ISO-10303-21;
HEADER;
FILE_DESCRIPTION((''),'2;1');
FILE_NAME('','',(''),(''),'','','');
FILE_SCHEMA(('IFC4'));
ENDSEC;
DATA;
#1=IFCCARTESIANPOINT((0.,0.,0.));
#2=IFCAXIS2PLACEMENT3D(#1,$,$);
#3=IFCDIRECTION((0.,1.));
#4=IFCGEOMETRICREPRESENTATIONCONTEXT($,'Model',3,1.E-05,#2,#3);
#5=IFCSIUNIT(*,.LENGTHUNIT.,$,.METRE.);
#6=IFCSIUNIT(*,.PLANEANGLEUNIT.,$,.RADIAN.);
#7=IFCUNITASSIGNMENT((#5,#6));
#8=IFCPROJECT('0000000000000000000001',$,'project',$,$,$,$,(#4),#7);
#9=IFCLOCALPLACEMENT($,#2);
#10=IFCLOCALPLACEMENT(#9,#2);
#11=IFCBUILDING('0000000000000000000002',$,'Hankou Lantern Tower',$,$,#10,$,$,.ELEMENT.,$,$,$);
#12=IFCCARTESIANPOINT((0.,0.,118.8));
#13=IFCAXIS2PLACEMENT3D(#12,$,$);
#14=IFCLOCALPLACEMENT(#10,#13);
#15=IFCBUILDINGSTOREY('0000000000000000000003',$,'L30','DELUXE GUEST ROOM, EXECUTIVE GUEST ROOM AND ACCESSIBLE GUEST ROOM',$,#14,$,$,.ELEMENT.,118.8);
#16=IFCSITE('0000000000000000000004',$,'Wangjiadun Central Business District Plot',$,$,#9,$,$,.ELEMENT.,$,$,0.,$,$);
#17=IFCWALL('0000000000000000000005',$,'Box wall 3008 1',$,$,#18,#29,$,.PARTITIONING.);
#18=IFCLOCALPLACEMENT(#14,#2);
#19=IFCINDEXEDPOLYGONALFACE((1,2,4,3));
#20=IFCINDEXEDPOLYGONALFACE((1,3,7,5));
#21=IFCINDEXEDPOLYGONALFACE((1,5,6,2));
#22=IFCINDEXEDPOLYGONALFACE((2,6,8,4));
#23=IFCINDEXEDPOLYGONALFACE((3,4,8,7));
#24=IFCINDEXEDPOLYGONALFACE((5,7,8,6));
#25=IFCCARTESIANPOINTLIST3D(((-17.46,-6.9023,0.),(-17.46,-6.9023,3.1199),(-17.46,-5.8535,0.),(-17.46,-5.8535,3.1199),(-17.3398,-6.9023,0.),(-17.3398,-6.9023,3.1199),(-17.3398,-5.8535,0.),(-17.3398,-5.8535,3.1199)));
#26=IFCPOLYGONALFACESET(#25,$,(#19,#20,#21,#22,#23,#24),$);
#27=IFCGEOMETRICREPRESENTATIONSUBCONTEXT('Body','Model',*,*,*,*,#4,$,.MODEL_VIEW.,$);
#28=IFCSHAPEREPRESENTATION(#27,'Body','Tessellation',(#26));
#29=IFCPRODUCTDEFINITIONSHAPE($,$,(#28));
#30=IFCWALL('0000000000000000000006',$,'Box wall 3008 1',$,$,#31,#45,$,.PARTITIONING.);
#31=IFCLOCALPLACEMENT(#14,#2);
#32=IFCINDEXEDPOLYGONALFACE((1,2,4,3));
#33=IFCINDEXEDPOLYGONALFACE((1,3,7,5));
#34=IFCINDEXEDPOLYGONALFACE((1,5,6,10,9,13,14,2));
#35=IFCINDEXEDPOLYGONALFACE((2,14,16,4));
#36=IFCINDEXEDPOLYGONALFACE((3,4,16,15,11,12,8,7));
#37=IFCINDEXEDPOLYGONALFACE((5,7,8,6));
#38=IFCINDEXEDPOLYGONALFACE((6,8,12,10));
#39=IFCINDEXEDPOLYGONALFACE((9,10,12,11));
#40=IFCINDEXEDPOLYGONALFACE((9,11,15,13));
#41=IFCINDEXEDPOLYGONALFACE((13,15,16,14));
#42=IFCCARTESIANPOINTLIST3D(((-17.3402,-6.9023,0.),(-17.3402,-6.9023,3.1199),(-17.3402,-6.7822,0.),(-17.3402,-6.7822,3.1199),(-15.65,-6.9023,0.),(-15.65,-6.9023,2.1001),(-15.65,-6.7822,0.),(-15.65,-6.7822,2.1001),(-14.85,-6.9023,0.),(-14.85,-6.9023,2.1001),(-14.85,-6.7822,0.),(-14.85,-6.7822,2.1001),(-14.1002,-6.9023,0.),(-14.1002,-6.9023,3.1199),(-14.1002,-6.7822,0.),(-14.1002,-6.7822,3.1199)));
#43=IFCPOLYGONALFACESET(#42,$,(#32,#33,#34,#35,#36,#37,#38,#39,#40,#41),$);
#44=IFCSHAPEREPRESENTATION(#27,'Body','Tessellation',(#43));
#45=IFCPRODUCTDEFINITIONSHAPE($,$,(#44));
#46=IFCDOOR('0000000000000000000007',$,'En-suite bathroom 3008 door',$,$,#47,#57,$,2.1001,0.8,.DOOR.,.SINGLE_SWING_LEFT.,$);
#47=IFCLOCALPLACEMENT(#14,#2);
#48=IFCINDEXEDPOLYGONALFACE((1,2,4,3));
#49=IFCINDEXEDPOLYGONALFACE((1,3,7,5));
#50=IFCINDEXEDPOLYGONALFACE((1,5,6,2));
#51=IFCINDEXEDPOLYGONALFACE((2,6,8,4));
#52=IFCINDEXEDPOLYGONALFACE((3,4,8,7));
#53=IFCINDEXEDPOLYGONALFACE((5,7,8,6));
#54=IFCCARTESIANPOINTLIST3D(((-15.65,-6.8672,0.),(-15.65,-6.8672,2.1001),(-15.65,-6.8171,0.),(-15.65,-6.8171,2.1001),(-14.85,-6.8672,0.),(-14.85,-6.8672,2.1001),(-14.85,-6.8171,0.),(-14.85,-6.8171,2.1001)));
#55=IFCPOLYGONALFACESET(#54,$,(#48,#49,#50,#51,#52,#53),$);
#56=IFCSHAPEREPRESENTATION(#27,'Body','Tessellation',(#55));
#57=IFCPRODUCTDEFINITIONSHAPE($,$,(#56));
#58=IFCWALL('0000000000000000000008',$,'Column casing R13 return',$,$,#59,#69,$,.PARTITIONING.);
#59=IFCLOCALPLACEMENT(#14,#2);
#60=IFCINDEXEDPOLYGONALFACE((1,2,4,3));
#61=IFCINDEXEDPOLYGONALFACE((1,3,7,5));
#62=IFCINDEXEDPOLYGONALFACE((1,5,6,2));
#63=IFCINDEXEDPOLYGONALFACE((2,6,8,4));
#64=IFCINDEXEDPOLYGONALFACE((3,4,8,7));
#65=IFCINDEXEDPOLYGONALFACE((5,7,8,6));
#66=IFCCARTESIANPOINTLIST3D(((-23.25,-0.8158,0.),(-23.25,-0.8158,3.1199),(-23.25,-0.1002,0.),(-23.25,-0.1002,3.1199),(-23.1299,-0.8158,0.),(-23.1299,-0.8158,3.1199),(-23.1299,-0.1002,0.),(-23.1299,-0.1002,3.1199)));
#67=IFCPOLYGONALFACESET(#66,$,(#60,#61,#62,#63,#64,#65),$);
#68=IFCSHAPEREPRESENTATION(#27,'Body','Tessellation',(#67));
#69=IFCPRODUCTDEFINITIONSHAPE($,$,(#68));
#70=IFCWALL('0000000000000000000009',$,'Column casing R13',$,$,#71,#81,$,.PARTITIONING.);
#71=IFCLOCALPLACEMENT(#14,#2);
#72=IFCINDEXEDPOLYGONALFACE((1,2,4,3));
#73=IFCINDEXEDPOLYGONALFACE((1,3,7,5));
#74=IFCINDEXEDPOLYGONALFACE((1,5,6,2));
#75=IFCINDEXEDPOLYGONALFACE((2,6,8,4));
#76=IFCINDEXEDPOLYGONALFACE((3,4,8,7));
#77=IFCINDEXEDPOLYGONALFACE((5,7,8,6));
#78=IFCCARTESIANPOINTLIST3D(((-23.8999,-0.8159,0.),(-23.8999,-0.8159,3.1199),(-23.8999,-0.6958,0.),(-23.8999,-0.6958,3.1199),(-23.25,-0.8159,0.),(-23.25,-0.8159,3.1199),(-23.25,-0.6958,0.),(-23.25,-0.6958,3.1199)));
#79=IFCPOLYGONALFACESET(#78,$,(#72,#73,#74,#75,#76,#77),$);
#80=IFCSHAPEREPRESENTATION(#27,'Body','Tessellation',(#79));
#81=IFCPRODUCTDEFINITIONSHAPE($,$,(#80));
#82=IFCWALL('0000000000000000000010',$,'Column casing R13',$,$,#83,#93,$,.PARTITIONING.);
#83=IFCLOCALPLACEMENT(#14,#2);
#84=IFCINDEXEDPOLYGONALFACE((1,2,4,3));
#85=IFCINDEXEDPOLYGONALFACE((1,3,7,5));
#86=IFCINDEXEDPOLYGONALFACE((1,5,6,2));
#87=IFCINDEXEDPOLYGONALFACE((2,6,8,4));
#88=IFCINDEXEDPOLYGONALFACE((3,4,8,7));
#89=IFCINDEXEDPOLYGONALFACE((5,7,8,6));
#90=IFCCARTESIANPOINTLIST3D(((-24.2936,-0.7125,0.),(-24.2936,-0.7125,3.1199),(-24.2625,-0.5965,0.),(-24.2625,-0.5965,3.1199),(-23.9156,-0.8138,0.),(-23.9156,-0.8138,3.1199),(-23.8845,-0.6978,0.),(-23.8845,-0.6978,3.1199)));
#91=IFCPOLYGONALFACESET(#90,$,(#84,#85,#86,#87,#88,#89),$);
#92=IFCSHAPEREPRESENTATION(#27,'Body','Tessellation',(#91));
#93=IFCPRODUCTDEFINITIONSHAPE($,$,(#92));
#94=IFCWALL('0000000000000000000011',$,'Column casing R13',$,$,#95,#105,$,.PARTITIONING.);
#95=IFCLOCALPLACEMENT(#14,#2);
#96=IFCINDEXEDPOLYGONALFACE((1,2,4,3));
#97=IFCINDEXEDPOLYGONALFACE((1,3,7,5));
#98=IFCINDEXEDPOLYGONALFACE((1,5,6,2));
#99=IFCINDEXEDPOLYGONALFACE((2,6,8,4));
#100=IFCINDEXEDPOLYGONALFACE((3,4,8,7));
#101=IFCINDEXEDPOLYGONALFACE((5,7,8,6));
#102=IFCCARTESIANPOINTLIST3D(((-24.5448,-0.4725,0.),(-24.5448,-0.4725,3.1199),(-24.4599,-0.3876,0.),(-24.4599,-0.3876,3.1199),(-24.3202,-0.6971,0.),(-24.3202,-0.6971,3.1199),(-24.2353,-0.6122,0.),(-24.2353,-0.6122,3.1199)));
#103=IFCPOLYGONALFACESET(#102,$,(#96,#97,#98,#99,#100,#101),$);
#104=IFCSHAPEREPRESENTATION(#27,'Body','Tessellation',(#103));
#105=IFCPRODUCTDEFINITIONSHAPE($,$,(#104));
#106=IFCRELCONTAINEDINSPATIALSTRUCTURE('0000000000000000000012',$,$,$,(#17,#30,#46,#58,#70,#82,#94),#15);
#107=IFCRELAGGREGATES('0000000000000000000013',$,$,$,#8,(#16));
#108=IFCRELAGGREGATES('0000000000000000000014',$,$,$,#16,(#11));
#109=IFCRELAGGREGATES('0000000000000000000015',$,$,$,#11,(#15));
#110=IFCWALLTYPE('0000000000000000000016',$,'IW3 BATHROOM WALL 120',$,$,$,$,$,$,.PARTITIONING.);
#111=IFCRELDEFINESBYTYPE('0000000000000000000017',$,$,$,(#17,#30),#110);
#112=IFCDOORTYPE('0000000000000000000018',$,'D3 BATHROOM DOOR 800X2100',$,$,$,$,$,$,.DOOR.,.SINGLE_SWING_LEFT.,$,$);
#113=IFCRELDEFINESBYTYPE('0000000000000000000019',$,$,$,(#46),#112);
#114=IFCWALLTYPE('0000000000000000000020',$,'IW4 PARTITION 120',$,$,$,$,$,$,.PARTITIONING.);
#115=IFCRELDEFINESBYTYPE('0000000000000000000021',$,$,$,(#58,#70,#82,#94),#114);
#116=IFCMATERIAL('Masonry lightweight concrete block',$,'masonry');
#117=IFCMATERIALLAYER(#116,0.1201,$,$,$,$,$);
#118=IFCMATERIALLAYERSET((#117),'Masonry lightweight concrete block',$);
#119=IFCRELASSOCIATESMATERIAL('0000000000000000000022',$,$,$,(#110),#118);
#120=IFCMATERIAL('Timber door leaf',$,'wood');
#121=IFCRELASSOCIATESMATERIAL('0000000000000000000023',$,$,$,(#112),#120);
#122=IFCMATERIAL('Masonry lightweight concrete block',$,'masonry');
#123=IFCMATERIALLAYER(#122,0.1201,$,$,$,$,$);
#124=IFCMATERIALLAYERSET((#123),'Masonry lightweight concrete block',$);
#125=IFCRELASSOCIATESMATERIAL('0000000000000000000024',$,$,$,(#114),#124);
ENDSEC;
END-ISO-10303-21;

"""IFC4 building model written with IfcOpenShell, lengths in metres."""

from ifc_helpers import new_model, si_unit, direction, frame, frame_2d, origin, place, context, subcontext, project, spatial, rectangle, extrude, material, layer, layer_set, type_object, element, fill, save


model = new_model("IFC4")

# Units and contexts
model_context = context("Model", 3, precision=1e-05, world=origin(), true_north=direction((0.0, 1.0)))
body_context = subcontext(model_context, "Body", "Model", "MODEL_VIEW")
ifc_project = project(units=[si_unit("LENGTHUNIT", "METRE"), si_unit("PLANEANGLEUNIT", "RADIAN")], contexts=[model_context])

# Site, building, storey
site_placement = place(None, origin())
site = spatial("IfcSite", under=ifc_project, at=site_placement, Name="Wangjiadun Central Business District Plot", CompositionType="ELEMENT", RefElevation=0.0)
building_placement = place(site_placement, origin())
building = spatial("IfcBuilding", under=site, at=building_placement, Name="Hankou Lantern Tower", CompositionType="ELEMENT")
storey_placement = place(building_placement, frame((0.0, 0.0, 118.8)))
storey = spatial("IfcBuildingStorey", under=building, at=storey_placement, Name="L30", Description="DELUXE GUEST ROOM, EXECUTIVE GUEST ROOM AND ACCESSIBLE GUEST ROOM", CompositionType="ELEMENT", Elevation=118.8)

# Shared definitions
ifc_material_1 = material(Name="Masonry lightweight concrete block", Category="masonry")
ifc_layer_1 = layer(ifc_material_1, 0.1201)
ifc_layer_set_1 = layer_set([ifc_layer_1], Name="Masonry lightweight concrete block")
wall_type_1 = type_object("IfcWallType", Name="IW3 BATHROOM WALL 120", PredefinedType="PARTITIONING", material=ifc_layer_set_1)

# Shared definitions
ifc_material_2 = material(Name="Timber door leaf", Category="wood")
door_type = type_object("IfcDoorType", Name="D3 BATHROOM DOOR 800X2100", OperationType="SINGLE_SWING_LEFT", PredefinedType="DOOR", material=ifc_material_2)

# Wall
wall_1_placement = place(storey_placement, frame((-17.3999, -5.8535, 0.0), z_axis=(0.0, 0.0, 1.0), x_axis=(0.0, -1.0, 0.0)))
element("IfcWall", 1, at=wall_1_placement, inside=storey, type_object=wall_type_1, Name="Box wall 3008 1", PredefinedType="PARTITIONING", context=body_context, shape_type="SweptSolid", body=[
    extrude(rectangle(XDim=1.0488, YDim=0.1201, at=frame_2d((0.5244, 0.0))), origin(), (0.0, 0.0, 1.0), 3.1199),
])

# Wall, opening, door
wall_2_placement = place(storey_placement, frame((-14.1001, -6.8423, 0.0), z_axis=(0.0, 0.0, 1.0), x_axis=(-1.0, 0.0, 0.0)))
wall_2 = element("IfcWall", 2, at=wall_2_placement, inside=storey, type_object=wall_type_1, Name="Box wall 3008 1", PredefinedType="PARTITIONING", context=body_context, shape_type="SweptSolid", body=[
    extrude(rectangle(XDim=3.24, YDim=0.1201, at=frame_2d((1.6201, 0.0))), origin(), (0.0, 0.0, 1.0), 3.1199),
])
opening_1_placement = place(wall_2_placement, frame((0.75, 0.0, 0.0)))
opening_1 = element("IfcOpeningElement", 3, at=opening_1_placement, cuts=wall_2, PredefinedType="OPENING", context=body_context, shape_type="SweptSolid", body=[
    extrude(rectangle(XDim=0.8, YDim=2.1001, at=frame_2d((0.3999, 1.05))), frame((0.0, 0.0701, 0.0), z_axis=(0.0, -1.0, 0.0), x_axis=(1.0, 0.0, 0.0)), (0.0, 0.0, 1.0), 0.1401),
])
door_1_placement = place(opening_1_placement, origin())
door_1 = element("IfcDoor", 4, at=door_1_placement, inside=storey, type_object=door_type, Name="En-suite bathroom 3008 door", OperationType="SINGLE_SWING_LEFT", OverallHeight=2.1001, OverallWidth=0.8, PredefinedType="DOOR", context=body_context, shape_type="SweptSolid", body=[
    extrude(rectangle(XDim=0.8, YDim=2.1001, at=frame_2d((0.3999, 1.05))), frame((0.0, 0.0249, 0.0), z_axis=(0.0, -1.0, 0.0), x_axis=(1.0, 0.0, 0.0)), (0.0, 0.0, 1.0), 0.05),
])
fill(opening_1, door_1)

# Walls
ifc_material_3 = material(Name="Masonry lightweight concrete block", Category="masonry")
ifc_layer_2 = layer(ifc_material_3, 0.1201)
ifc_layer_set_2 = layer_set([ifc_layer_2], Name="Masonry lightweight concrete block")
wall_type_2 = type_object("IfcWallType", Name="IW4 PARTITION 120", PredefinedType="PARTITIONING", material=ifc_layer_set_2)
wall_3_placement = place(storey_placement, frame((-23.1899, -0.1001, 0.0), z_axis=(0.0, 0.0, 1.0), x_axis=(0.0, -1.0, 0.0)))
element("IfcWall", 5, at=wall_3_placement, inside=storey, type_object=wall_type_2, Name="Column casing R13 return", PredefinedType="PARTITIONING", context=body_context, shape_type="SweptSolid", body=[
    extrude(rectangle(XDim=0.7156, YDim=0.1201, at=frame_2d((0.3579, 0.0))), origin(), (0.0, 0.0, 1.0), 3.1199),
])
wall_4_placement = place(storey_placement, frame((-23.25, -0.7559, 0.0), z_axis=(0.0, 0.0, 1.0), x_axis=(-1.0, 0.0, 0.0)))
element("IfcWall", 6, at=wall_4_placement, inside=storey, type_object=wall_type_2, Name="Column casing R13", PredefinedType="PARTITIONING", context=body_context, shape_type="SweptSolid", body=[
    extrude(rectangle(XDim=0.6499, YDim=0.1201, at=frame_2d((0.325, 0.0))), origin(), (0.0, 0.0, 1.0), 3.1199),
])
wall_5_placement = place(storey_placement, frame((-23.8999, -0.7559, 0.0), z_axis=(0.0, 0.0, 1.0), x_axis=(-0.965892, 0.258944, 0.0)))
element("IfcWall", 7, at=wall_5_placement, inside=storey, type_object=wall_type_2, Name="Column casing R13", PredefinedType="PARTITIONING", context=body_context, shape_type="SweptSolid", body=[
    extrude(rectangle(XDim=0.3914, YDim=0.1201, at=frame_2d((0.1958, 0.0))), origin(), (0.0, 0.0, 1.0), 3.1199),
])
wall_6_placement = place(storey_placement, frame((-24.2778, -0.6545, 0.0), z_axis=(0.0, 0.0, 1.0), x_axis=(-0.707107, 0.707107, 0.0)))
element("IfcWall", 8, at=wall_6_placement, inside=storey, type_object=wall_type_2, Name="Column casing R13", PredefinedType="PARTITIONING", context=body_context, shape_type="SweptSolid", body=[
    extrude(rectangle(XDim=0.3176, YDim=0.1201, at=frame_2d((0.1587, 0.0))), origin(), (0.0, 0.0, 1.0), 3.1199),
])

save(model, "model.ifc")
